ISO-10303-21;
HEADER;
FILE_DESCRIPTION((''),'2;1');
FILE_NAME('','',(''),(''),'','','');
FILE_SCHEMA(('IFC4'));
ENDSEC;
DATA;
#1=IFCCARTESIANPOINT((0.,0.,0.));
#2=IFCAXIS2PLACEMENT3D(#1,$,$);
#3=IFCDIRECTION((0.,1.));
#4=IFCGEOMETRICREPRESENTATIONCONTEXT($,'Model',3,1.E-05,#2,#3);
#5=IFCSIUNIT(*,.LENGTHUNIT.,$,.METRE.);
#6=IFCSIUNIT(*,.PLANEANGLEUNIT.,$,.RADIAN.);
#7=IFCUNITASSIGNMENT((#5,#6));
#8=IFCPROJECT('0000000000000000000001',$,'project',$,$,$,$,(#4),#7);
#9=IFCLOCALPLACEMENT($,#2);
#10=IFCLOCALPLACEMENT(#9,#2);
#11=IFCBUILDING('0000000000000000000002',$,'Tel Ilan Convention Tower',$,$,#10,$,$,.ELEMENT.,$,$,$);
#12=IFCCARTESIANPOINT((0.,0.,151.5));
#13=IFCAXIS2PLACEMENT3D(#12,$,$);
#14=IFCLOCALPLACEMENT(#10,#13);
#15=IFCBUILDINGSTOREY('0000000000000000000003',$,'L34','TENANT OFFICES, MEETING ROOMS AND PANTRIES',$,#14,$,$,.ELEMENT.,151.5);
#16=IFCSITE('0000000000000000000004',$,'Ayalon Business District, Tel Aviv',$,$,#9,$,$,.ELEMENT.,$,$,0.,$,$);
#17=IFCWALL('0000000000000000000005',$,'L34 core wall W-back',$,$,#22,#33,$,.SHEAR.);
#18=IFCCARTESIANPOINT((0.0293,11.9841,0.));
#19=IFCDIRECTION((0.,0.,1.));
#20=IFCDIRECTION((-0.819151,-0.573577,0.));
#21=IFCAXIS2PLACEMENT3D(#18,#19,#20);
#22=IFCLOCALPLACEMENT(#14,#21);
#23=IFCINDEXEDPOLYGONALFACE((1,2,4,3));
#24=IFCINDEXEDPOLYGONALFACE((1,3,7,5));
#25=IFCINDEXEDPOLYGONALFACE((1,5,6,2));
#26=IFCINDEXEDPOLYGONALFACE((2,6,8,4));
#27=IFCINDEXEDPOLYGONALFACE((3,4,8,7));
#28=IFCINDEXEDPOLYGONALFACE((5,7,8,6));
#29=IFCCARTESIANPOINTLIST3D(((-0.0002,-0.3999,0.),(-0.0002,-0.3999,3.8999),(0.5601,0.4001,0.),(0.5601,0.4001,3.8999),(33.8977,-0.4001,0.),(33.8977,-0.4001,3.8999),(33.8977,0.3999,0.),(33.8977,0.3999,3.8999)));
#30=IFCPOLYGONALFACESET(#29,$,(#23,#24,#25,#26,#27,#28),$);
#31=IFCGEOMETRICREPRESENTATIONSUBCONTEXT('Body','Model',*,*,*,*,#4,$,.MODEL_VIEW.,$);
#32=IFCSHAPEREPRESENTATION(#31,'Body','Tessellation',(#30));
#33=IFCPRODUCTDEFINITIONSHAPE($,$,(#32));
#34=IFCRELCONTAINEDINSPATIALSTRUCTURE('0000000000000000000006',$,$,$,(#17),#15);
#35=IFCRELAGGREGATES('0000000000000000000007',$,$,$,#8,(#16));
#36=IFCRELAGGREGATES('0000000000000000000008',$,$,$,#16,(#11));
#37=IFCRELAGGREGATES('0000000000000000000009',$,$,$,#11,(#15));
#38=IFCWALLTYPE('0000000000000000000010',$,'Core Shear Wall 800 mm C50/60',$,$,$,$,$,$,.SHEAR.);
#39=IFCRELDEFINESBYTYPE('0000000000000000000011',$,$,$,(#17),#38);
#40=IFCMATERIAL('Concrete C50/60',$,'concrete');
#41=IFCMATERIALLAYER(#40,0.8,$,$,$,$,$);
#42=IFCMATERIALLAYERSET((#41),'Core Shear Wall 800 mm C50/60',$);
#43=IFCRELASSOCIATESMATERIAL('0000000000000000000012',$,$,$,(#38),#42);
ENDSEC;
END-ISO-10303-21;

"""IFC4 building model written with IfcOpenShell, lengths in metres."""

from ifc_helpers import new_model, si_unit, direction, frame, origin, place, context, subcontext, project, spatial, polyline, outline, extrude, material, layer, layer_set, type_object, element, save


model = new_model("IFC4")

# Units and contexts
model_context = context("Model", 3, precision=1e-05, world=origin(), true_north=direction((0.0, 1.0)))
body_context = subcontext(model_context, "Body", "Model", "MODEL_VIEW")
ifc_project = project(units=[si_unit("LENGTHUNIT", "METRE"), si_unit("PLANEANGLEUNIT", "RADIAN")], contexts=[model_context])

# Site, building, storey
site_placement = place(None, origin())
site = spatial("IfcSite", under=ifc_project, at=site_placement, Name="Ayalon Business District, Tel Aviv", CompositionType="ELEMENT", RefElevation=0.0)
building_placement = place(site_placement, origin())
building = spatial("IfcBuilding", under=site, at=building_placement, Name="Tel Ilan Convention Tower", CompositionType="ELEMENT")
storey_placement = place(building_placement, frame((0.0, 0.0, 151.5)))
storey = spatial("IfcBuildingStorey", under=building, at=storey_placement, Name="L34", Description="TENANT OFFICES, MEETING ROOMS AND PANTRIES", CompositionType="ELEMENT", Elevation=151.5)

# Wall
ifc_material_1 = material(Name="Concrete C50/60", Category="concrete")
ifc_layer_1 = layer(ifc_material_1, 0.8)
ifc_layer_set_1 = layer_set([ifc_layer_1], Name="Core Shear Wall 800 mm C50/60")
wall_type_1 = type_object("IfcWallType", Name="Core Shear Wall 800 mm C50/60", PredefinedType="SHEAR", material=ifc_layer_set_1)
wall_1_placement = place(storey_placement, frame((0.0293, 11.9841, 0.0), z_axis=(0.0, 0.0, 1.0), x_axis=(-0.819151, -0.573577, 0.0)))
element("IfcWall", 1, at=wall_1_placement, inside=storey, type_object=wall_type_1, Name="L34 core wall W-back", PredefinedType="SHEAR", context=body_context, shape_type="SweptSolid", body=[
    extrude(outline(polyline([(33.8977, 0.3999), (0.5601, 0.4001), (-0.0002, -0.3999), (33.8977, -0.4001), (33.8977, 0.3999)])), origin(), (0.0, 0.0, 1.0), 3.8999),
])

save(model, "model.ifc")
